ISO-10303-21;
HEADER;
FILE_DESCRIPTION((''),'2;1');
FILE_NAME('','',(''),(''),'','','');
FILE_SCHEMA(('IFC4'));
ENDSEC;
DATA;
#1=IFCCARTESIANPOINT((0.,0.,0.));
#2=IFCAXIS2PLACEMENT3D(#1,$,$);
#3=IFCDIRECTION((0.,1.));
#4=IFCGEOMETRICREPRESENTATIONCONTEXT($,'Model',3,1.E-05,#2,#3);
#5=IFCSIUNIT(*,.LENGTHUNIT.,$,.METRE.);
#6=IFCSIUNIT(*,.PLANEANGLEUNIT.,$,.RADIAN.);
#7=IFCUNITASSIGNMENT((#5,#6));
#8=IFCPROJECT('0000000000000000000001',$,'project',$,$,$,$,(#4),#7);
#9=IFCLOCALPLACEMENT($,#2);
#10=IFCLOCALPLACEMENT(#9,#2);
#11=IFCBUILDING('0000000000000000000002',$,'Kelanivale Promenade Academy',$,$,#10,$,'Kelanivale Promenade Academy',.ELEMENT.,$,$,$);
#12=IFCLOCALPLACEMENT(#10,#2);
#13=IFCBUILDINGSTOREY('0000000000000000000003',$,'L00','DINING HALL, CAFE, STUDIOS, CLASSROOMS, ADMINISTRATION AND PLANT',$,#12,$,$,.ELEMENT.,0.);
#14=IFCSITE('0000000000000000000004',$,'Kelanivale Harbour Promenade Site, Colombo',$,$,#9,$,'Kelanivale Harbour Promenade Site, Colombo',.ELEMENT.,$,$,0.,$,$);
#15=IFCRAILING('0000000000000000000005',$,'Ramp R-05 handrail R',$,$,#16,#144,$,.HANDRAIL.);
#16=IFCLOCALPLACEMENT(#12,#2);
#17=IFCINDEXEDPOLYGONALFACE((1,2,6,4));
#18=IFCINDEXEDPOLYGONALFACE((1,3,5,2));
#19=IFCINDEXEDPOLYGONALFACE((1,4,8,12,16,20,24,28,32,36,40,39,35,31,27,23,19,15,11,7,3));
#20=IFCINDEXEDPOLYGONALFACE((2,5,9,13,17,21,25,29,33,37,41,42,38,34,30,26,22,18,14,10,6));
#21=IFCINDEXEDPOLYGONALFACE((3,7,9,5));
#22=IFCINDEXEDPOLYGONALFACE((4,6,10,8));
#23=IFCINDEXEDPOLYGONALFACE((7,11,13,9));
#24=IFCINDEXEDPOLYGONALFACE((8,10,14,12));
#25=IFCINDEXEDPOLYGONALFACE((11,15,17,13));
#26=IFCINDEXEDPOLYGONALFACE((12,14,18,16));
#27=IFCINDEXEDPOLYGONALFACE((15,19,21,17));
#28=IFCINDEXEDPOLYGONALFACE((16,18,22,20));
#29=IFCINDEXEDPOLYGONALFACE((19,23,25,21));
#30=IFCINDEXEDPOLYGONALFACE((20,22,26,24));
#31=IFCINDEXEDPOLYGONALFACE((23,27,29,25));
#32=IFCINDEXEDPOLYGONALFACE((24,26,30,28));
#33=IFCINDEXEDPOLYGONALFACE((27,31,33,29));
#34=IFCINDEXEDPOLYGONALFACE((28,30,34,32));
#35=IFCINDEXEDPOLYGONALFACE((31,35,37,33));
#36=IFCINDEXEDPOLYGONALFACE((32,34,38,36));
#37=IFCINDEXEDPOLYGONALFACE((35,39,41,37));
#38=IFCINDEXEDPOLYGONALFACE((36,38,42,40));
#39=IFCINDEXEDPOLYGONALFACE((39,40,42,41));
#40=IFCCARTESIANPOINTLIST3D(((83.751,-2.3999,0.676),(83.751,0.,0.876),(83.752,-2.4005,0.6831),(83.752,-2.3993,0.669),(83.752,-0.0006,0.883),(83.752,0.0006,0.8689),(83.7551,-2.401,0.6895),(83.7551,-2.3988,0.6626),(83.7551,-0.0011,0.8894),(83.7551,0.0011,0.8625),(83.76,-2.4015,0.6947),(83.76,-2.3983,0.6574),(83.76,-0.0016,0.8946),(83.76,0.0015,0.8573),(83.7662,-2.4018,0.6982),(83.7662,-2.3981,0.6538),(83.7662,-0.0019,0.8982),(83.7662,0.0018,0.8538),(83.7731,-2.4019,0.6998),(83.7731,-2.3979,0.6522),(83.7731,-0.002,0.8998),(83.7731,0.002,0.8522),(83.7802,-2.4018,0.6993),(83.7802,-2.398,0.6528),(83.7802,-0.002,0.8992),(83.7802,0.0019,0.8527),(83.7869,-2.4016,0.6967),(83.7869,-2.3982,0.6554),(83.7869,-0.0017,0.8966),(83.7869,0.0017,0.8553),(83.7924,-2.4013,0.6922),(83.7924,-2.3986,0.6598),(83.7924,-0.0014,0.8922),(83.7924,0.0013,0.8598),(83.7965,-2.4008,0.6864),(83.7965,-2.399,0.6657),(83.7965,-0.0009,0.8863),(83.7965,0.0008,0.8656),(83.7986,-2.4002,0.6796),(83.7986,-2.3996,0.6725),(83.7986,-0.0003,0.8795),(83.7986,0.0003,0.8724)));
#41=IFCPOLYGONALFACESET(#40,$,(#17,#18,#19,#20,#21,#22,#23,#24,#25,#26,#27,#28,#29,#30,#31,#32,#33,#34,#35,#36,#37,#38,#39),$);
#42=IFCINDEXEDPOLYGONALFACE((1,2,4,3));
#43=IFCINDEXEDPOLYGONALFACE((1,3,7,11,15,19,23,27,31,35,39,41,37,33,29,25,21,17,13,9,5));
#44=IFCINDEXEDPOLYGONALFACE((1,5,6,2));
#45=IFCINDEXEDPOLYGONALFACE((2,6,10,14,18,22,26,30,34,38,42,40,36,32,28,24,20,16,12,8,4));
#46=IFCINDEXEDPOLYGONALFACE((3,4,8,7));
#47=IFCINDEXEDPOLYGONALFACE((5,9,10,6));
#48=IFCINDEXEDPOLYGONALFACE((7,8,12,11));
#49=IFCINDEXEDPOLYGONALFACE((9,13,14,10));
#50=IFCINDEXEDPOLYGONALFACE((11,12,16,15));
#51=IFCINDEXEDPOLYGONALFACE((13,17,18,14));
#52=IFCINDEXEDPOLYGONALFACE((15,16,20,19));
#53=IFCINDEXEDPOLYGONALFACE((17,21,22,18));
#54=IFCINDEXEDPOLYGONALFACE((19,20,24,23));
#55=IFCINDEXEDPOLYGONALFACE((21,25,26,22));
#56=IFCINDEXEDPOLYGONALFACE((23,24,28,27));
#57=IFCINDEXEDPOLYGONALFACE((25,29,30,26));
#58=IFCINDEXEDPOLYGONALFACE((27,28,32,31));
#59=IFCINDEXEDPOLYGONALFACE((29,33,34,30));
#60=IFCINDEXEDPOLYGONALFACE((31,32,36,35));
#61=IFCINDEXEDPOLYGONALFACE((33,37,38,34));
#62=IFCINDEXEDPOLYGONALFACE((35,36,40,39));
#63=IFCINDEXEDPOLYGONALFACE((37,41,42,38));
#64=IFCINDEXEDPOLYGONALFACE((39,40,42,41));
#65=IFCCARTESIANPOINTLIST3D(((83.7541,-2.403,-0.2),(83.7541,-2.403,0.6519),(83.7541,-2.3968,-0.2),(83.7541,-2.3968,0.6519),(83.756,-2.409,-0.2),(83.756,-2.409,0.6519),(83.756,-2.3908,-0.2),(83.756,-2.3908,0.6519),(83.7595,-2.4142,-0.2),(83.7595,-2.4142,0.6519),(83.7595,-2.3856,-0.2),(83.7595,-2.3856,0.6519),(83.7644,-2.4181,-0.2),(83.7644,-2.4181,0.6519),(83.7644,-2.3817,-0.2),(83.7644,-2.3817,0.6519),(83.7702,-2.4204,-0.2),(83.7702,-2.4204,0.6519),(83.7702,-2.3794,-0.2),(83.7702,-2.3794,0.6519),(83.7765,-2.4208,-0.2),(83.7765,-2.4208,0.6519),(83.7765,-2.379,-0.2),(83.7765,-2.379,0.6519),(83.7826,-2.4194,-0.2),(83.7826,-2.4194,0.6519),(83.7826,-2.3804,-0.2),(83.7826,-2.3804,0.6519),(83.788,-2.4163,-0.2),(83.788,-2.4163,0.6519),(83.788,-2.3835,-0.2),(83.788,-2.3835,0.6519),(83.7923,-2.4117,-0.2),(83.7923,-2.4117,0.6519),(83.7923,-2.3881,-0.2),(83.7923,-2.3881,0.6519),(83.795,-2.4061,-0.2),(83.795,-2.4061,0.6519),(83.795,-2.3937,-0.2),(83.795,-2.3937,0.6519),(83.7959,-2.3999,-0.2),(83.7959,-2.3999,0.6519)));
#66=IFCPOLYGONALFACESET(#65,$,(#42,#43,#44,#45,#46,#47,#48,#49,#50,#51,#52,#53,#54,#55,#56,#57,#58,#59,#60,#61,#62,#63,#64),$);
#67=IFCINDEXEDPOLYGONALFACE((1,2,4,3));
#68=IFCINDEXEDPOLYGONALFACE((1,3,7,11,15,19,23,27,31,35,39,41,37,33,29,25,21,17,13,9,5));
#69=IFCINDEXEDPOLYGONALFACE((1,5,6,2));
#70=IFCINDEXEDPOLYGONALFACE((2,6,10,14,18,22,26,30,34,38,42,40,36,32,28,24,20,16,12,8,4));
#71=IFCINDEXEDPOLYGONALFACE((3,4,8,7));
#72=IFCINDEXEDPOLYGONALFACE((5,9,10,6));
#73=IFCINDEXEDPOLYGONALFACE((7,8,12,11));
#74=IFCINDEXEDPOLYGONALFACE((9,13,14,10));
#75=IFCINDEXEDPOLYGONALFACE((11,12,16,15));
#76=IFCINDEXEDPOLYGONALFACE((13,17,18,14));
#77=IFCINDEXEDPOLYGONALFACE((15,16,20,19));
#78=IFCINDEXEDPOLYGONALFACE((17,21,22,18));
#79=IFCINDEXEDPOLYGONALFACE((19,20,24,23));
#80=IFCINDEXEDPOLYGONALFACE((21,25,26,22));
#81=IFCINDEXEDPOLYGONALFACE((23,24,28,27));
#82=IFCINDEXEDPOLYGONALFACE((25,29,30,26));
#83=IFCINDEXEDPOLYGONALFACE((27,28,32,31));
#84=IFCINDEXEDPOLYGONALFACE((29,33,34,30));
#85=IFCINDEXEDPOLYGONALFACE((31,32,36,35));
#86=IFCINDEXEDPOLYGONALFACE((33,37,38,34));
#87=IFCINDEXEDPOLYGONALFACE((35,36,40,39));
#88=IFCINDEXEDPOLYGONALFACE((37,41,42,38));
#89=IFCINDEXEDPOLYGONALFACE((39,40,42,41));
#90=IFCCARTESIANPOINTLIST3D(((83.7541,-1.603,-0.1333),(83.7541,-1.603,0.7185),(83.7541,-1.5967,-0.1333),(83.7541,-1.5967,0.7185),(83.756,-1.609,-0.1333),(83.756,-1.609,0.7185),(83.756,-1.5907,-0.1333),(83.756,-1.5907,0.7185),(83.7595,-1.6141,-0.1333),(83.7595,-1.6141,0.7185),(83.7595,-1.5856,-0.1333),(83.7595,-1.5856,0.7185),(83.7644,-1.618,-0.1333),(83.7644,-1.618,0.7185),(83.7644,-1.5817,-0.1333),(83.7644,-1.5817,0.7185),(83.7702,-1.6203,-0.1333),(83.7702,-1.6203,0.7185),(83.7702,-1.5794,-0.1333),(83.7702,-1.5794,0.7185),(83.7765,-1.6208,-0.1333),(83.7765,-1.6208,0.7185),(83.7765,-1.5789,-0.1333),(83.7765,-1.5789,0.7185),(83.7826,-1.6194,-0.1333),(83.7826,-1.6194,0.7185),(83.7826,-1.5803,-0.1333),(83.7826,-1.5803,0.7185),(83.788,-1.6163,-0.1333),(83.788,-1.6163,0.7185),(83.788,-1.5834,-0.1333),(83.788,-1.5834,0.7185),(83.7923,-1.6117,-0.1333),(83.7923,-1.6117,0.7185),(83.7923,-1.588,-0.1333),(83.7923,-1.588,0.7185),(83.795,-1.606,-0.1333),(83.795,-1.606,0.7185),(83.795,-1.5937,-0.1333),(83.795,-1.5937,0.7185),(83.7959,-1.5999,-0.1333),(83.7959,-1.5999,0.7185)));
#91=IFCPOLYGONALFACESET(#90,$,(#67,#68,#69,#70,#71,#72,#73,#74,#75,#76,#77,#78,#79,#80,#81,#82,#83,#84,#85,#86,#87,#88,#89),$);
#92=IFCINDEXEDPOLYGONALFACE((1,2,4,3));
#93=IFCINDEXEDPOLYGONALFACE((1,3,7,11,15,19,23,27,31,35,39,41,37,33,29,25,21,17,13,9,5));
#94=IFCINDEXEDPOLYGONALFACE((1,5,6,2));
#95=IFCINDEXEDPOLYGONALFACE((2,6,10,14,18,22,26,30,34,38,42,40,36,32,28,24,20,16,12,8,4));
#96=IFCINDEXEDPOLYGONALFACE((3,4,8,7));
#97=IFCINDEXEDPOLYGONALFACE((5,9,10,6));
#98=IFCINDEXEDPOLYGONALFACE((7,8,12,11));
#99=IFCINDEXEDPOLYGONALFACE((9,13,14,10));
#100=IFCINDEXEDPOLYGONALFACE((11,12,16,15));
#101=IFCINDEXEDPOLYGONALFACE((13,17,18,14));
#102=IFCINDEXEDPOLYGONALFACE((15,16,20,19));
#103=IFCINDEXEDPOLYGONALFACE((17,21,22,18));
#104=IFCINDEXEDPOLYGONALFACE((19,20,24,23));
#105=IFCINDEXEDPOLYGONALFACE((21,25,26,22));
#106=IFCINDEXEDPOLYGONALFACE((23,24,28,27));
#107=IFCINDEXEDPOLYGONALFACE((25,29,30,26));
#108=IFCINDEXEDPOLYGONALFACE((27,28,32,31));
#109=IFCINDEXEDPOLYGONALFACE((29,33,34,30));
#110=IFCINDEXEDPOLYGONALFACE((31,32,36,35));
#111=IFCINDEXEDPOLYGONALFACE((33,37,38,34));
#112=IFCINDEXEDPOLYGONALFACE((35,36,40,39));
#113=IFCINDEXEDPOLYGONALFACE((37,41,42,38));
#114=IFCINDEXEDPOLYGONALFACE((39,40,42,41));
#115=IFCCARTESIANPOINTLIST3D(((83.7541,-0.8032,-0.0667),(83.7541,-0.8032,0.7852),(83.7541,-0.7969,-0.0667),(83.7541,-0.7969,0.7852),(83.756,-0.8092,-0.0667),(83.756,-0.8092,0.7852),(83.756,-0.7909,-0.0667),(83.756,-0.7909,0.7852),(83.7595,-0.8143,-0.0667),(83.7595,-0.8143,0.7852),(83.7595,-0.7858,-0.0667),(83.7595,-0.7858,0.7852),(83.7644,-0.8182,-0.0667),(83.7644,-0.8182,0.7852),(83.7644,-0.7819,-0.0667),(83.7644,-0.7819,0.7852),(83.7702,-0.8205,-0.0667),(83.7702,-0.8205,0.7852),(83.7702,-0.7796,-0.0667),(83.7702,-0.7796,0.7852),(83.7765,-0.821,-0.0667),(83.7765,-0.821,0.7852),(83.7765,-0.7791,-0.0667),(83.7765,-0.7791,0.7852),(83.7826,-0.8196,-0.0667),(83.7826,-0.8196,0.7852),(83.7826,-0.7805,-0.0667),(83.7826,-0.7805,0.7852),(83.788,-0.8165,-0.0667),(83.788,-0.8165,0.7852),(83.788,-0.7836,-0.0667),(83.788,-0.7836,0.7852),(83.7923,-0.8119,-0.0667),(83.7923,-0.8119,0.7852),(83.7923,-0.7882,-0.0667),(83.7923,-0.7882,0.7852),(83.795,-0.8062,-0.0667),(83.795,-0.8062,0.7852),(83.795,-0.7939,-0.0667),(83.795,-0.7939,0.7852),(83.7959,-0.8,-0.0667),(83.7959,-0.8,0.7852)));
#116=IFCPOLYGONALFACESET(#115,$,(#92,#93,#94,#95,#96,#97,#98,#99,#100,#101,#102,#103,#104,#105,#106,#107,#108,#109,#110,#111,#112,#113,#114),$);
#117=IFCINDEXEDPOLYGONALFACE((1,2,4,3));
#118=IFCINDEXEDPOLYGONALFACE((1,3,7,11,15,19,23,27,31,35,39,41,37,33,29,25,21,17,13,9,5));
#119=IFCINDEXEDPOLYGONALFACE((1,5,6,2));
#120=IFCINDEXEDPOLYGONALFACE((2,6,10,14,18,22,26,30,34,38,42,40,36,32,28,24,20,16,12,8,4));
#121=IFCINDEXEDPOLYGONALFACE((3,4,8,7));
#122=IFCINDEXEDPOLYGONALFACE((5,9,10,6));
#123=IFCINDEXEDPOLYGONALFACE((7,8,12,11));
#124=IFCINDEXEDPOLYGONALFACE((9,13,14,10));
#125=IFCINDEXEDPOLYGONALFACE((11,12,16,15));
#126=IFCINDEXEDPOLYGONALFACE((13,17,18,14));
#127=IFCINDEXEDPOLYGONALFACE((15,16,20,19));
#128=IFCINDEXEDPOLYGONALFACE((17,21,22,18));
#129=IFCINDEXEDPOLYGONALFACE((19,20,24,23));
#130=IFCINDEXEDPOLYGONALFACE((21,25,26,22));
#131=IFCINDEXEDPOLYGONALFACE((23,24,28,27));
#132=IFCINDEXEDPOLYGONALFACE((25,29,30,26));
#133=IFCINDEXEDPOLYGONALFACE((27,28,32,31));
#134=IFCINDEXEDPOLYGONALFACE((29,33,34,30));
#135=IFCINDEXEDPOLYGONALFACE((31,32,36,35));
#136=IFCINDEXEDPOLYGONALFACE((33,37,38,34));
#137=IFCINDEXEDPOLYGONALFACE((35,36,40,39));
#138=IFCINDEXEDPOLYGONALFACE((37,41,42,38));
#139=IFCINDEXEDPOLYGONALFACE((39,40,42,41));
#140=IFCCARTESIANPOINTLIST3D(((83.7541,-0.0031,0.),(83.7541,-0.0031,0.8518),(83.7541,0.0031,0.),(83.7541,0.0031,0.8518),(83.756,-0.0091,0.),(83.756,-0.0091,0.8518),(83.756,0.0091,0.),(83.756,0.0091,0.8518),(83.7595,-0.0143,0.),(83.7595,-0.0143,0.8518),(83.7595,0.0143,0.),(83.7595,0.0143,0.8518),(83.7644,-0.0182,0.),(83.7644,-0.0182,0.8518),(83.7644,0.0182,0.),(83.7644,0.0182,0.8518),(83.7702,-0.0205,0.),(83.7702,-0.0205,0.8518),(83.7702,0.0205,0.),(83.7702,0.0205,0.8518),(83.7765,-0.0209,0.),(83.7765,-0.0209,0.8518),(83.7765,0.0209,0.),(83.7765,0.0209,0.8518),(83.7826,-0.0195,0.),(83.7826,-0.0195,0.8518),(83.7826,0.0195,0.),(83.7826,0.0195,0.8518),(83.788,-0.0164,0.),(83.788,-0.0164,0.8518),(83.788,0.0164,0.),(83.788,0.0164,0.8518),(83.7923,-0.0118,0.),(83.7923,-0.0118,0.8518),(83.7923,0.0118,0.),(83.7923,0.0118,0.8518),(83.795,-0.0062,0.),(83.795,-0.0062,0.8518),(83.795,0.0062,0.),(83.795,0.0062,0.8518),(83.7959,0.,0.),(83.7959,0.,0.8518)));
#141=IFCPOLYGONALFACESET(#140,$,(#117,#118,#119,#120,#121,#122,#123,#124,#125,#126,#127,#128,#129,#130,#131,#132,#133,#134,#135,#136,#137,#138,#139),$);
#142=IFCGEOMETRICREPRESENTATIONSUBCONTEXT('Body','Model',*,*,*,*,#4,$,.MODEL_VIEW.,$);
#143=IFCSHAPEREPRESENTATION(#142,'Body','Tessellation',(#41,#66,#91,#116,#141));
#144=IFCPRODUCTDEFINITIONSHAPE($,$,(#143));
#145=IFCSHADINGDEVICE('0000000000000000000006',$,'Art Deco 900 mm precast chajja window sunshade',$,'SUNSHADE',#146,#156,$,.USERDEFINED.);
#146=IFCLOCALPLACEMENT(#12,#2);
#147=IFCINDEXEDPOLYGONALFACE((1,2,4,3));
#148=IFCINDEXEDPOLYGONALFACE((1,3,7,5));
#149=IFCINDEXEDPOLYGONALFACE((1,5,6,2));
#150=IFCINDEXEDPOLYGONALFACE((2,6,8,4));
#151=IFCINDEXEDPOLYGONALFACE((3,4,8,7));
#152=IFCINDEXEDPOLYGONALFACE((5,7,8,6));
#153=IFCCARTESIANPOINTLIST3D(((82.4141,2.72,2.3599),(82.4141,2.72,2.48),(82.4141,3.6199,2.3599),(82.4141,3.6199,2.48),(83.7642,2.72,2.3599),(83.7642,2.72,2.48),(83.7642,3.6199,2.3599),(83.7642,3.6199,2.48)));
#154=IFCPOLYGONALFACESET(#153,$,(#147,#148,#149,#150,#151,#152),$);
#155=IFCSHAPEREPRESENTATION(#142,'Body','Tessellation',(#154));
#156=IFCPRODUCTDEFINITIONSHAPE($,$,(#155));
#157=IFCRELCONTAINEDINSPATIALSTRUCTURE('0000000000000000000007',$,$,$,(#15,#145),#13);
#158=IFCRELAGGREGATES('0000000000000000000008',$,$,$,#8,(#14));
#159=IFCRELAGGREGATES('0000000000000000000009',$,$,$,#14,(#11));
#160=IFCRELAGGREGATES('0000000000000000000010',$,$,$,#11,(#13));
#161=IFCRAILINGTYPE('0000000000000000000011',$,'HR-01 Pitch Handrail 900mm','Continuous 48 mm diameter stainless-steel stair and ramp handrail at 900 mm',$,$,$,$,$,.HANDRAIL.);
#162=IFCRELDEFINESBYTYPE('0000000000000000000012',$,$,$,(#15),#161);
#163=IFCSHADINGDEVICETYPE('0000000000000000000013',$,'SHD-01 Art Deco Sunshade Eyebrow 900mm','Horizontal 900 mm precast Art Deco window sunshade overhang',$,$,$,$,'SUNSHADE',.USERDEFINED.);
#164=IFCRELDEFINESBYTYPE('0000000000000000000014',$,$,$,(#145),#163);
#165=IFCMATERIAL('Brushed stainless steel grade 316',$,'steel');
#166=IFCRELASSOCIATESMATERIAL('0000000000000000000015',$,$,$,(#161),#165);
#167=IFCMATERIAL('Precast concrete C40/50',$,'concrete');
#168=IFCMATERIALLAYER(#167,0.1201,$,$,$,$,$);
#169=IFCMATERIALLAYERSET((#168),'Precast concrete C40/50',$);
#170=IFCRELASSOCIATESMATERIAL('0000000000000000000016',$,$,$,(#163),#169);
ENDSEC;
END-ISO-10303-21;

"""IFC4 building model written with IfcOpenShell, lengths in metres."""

from ifc_helpers import new_model, si_unit, direction, frame, origin, origin_2d, place, context, subcontext, project, spatial, rectangle, circle, extrude, material, layer, layer_set, type_object, element, save


model = new_model("IFC4")

# Units and contexts
model_context = context("Model", 3, precision=1e-05, world=origin(), true_north=direction((0.0, 1.0)))
body_context = subcontext(model_context, "Body", "Model", "MODEL_VIEW")
ifc_project = project(units=[si_unit("LENGTHUNIT", "METRE"), si_unit("PLANEANGLEUNIT", "RADIAN")], contexts=[model_context])

# Site, building, storey
site_placement = place(None, origin())
site = spatial("IfcSite", under=ifc_project, at=site_placement, Name="Kelanivale Harbour Promenade Site, Colombo", LongName="Kelanivale Harbour Promenade Site, Colombo", CompositionType="ELEMENT", RefElevation=0.0)
building_placement = place(site_placement, origin())
building = spatial("IfcBuilding", under=site, at=building_placement, Name="Kelanivale Promenade Academy", LongName="Kelanivale Promenade Academy", CompositionType="ELEMENT")
storey_placement = place(building_placement, origin())
storey = spatial("IfcBuildingStorey", under=building, at=storey_placement, Name="L00", Description="DINING HALL, CAFE, STUDIOS, CLASSROOMS, ADMINISTRATION AND PLANT", CompositionType="ELEMENT", Elevation=0.0)

# Railing
ifc_material_1 = material(Name="Brushed stainless steel grade 316", Category="steel")
railing_type = type_object("IfcRailingType", Name="HR-01 Pitch Handrail 900mm", Description="Continuous 48 mm diameter stainless-steel stair and ramp handrail at 900 mm", PredefinedType="HANDRAIL", material=ifc_material_1)
for number, where, name in (
    (1, (83.7749, -2.3999, -0.2), "Ramp R-05 handrail R"),
):
    element("IfcRailing", number, at=place(storey_placement, frame(where)), inside=storey, type_object=railing_type, Name=name, PredefinedType="HANDRAIL", context=body_context, shape_type="SweptSolid", body=[
        extrude(circle(Radius=0.0239, at=origin_2d()), frame((0.0, 0.0, 0.876), z_axis=(0.0, 0.996547, 0.083029), x_axis=(-1.0, 0.0, 0.0)), (0.0, 0.0, 1.0), 2.4082),
        extrude(circle(Radius=0.021, at=origin_2d()), origin(), (0.0, 0.0, 1.0), 0.8518),
        extrude(circle(Radius=0.021, at=origin_2d()), frame((0.0, 0.8, 0.0667)), (0.0, 0.0, 1.0), 0.8518),
        extrude(circle(Radius=0.021, at=origin_2d()), frame((0.0, 1.5999, 0.1333)), (0.0, 0.0, 1.0), 0.8518),
        extrude(circle(Radius=0.021, at=origin_2d()), frame((0.0, 2.3999, 0.2)), (0.0, 0.0, 1.0), 0.8518),
    ])

# Shading device
ifc_material_2 = material(Name="Precast concrete C40/50", Category="concrete")
ifc_layer_1 = layer(ifc_material_2, 0.1201)
ifc_layer_set_1 = layer_set([ifc_layer_1], Name="Precast concrete C40/50")
shading_device_type = type_object("IfcShadingDeviceType", Name="SHD-01 Art Deco Sunshade Eyebrow 900mm", Description="Horizontal 900 mm precast Art Deco window sunshade overhang", ElementType="SUNSHADE", PredefinedType="USERDEFINED", material=ifc_layer_set_1)
shading_device_placement = place(storey_placement, frame((83.0891, 3.1699, 2.3599), z_axis=(0.0, 0.0, 1.0), x_axis=(1.0, 0.0, 0.0)))
element("IfcShadingDevice", 2, at=shading_device_placement, inside=storey, type_object=shading_device_type, Name="Art Deco 900 mm precast chajja window sunshade", ObjectType="SUNSHADE", PredefinedType="USERDEFINED", context=body_context, shape_type="SweptSolid", body=[
    extrude(rectangle(XDim=1.3501, YDim=0.8999, at=origin_2d()), origin(), (0.0, 0.0, 1.0), 0.1201),
])

save(model, "model.ifc")
